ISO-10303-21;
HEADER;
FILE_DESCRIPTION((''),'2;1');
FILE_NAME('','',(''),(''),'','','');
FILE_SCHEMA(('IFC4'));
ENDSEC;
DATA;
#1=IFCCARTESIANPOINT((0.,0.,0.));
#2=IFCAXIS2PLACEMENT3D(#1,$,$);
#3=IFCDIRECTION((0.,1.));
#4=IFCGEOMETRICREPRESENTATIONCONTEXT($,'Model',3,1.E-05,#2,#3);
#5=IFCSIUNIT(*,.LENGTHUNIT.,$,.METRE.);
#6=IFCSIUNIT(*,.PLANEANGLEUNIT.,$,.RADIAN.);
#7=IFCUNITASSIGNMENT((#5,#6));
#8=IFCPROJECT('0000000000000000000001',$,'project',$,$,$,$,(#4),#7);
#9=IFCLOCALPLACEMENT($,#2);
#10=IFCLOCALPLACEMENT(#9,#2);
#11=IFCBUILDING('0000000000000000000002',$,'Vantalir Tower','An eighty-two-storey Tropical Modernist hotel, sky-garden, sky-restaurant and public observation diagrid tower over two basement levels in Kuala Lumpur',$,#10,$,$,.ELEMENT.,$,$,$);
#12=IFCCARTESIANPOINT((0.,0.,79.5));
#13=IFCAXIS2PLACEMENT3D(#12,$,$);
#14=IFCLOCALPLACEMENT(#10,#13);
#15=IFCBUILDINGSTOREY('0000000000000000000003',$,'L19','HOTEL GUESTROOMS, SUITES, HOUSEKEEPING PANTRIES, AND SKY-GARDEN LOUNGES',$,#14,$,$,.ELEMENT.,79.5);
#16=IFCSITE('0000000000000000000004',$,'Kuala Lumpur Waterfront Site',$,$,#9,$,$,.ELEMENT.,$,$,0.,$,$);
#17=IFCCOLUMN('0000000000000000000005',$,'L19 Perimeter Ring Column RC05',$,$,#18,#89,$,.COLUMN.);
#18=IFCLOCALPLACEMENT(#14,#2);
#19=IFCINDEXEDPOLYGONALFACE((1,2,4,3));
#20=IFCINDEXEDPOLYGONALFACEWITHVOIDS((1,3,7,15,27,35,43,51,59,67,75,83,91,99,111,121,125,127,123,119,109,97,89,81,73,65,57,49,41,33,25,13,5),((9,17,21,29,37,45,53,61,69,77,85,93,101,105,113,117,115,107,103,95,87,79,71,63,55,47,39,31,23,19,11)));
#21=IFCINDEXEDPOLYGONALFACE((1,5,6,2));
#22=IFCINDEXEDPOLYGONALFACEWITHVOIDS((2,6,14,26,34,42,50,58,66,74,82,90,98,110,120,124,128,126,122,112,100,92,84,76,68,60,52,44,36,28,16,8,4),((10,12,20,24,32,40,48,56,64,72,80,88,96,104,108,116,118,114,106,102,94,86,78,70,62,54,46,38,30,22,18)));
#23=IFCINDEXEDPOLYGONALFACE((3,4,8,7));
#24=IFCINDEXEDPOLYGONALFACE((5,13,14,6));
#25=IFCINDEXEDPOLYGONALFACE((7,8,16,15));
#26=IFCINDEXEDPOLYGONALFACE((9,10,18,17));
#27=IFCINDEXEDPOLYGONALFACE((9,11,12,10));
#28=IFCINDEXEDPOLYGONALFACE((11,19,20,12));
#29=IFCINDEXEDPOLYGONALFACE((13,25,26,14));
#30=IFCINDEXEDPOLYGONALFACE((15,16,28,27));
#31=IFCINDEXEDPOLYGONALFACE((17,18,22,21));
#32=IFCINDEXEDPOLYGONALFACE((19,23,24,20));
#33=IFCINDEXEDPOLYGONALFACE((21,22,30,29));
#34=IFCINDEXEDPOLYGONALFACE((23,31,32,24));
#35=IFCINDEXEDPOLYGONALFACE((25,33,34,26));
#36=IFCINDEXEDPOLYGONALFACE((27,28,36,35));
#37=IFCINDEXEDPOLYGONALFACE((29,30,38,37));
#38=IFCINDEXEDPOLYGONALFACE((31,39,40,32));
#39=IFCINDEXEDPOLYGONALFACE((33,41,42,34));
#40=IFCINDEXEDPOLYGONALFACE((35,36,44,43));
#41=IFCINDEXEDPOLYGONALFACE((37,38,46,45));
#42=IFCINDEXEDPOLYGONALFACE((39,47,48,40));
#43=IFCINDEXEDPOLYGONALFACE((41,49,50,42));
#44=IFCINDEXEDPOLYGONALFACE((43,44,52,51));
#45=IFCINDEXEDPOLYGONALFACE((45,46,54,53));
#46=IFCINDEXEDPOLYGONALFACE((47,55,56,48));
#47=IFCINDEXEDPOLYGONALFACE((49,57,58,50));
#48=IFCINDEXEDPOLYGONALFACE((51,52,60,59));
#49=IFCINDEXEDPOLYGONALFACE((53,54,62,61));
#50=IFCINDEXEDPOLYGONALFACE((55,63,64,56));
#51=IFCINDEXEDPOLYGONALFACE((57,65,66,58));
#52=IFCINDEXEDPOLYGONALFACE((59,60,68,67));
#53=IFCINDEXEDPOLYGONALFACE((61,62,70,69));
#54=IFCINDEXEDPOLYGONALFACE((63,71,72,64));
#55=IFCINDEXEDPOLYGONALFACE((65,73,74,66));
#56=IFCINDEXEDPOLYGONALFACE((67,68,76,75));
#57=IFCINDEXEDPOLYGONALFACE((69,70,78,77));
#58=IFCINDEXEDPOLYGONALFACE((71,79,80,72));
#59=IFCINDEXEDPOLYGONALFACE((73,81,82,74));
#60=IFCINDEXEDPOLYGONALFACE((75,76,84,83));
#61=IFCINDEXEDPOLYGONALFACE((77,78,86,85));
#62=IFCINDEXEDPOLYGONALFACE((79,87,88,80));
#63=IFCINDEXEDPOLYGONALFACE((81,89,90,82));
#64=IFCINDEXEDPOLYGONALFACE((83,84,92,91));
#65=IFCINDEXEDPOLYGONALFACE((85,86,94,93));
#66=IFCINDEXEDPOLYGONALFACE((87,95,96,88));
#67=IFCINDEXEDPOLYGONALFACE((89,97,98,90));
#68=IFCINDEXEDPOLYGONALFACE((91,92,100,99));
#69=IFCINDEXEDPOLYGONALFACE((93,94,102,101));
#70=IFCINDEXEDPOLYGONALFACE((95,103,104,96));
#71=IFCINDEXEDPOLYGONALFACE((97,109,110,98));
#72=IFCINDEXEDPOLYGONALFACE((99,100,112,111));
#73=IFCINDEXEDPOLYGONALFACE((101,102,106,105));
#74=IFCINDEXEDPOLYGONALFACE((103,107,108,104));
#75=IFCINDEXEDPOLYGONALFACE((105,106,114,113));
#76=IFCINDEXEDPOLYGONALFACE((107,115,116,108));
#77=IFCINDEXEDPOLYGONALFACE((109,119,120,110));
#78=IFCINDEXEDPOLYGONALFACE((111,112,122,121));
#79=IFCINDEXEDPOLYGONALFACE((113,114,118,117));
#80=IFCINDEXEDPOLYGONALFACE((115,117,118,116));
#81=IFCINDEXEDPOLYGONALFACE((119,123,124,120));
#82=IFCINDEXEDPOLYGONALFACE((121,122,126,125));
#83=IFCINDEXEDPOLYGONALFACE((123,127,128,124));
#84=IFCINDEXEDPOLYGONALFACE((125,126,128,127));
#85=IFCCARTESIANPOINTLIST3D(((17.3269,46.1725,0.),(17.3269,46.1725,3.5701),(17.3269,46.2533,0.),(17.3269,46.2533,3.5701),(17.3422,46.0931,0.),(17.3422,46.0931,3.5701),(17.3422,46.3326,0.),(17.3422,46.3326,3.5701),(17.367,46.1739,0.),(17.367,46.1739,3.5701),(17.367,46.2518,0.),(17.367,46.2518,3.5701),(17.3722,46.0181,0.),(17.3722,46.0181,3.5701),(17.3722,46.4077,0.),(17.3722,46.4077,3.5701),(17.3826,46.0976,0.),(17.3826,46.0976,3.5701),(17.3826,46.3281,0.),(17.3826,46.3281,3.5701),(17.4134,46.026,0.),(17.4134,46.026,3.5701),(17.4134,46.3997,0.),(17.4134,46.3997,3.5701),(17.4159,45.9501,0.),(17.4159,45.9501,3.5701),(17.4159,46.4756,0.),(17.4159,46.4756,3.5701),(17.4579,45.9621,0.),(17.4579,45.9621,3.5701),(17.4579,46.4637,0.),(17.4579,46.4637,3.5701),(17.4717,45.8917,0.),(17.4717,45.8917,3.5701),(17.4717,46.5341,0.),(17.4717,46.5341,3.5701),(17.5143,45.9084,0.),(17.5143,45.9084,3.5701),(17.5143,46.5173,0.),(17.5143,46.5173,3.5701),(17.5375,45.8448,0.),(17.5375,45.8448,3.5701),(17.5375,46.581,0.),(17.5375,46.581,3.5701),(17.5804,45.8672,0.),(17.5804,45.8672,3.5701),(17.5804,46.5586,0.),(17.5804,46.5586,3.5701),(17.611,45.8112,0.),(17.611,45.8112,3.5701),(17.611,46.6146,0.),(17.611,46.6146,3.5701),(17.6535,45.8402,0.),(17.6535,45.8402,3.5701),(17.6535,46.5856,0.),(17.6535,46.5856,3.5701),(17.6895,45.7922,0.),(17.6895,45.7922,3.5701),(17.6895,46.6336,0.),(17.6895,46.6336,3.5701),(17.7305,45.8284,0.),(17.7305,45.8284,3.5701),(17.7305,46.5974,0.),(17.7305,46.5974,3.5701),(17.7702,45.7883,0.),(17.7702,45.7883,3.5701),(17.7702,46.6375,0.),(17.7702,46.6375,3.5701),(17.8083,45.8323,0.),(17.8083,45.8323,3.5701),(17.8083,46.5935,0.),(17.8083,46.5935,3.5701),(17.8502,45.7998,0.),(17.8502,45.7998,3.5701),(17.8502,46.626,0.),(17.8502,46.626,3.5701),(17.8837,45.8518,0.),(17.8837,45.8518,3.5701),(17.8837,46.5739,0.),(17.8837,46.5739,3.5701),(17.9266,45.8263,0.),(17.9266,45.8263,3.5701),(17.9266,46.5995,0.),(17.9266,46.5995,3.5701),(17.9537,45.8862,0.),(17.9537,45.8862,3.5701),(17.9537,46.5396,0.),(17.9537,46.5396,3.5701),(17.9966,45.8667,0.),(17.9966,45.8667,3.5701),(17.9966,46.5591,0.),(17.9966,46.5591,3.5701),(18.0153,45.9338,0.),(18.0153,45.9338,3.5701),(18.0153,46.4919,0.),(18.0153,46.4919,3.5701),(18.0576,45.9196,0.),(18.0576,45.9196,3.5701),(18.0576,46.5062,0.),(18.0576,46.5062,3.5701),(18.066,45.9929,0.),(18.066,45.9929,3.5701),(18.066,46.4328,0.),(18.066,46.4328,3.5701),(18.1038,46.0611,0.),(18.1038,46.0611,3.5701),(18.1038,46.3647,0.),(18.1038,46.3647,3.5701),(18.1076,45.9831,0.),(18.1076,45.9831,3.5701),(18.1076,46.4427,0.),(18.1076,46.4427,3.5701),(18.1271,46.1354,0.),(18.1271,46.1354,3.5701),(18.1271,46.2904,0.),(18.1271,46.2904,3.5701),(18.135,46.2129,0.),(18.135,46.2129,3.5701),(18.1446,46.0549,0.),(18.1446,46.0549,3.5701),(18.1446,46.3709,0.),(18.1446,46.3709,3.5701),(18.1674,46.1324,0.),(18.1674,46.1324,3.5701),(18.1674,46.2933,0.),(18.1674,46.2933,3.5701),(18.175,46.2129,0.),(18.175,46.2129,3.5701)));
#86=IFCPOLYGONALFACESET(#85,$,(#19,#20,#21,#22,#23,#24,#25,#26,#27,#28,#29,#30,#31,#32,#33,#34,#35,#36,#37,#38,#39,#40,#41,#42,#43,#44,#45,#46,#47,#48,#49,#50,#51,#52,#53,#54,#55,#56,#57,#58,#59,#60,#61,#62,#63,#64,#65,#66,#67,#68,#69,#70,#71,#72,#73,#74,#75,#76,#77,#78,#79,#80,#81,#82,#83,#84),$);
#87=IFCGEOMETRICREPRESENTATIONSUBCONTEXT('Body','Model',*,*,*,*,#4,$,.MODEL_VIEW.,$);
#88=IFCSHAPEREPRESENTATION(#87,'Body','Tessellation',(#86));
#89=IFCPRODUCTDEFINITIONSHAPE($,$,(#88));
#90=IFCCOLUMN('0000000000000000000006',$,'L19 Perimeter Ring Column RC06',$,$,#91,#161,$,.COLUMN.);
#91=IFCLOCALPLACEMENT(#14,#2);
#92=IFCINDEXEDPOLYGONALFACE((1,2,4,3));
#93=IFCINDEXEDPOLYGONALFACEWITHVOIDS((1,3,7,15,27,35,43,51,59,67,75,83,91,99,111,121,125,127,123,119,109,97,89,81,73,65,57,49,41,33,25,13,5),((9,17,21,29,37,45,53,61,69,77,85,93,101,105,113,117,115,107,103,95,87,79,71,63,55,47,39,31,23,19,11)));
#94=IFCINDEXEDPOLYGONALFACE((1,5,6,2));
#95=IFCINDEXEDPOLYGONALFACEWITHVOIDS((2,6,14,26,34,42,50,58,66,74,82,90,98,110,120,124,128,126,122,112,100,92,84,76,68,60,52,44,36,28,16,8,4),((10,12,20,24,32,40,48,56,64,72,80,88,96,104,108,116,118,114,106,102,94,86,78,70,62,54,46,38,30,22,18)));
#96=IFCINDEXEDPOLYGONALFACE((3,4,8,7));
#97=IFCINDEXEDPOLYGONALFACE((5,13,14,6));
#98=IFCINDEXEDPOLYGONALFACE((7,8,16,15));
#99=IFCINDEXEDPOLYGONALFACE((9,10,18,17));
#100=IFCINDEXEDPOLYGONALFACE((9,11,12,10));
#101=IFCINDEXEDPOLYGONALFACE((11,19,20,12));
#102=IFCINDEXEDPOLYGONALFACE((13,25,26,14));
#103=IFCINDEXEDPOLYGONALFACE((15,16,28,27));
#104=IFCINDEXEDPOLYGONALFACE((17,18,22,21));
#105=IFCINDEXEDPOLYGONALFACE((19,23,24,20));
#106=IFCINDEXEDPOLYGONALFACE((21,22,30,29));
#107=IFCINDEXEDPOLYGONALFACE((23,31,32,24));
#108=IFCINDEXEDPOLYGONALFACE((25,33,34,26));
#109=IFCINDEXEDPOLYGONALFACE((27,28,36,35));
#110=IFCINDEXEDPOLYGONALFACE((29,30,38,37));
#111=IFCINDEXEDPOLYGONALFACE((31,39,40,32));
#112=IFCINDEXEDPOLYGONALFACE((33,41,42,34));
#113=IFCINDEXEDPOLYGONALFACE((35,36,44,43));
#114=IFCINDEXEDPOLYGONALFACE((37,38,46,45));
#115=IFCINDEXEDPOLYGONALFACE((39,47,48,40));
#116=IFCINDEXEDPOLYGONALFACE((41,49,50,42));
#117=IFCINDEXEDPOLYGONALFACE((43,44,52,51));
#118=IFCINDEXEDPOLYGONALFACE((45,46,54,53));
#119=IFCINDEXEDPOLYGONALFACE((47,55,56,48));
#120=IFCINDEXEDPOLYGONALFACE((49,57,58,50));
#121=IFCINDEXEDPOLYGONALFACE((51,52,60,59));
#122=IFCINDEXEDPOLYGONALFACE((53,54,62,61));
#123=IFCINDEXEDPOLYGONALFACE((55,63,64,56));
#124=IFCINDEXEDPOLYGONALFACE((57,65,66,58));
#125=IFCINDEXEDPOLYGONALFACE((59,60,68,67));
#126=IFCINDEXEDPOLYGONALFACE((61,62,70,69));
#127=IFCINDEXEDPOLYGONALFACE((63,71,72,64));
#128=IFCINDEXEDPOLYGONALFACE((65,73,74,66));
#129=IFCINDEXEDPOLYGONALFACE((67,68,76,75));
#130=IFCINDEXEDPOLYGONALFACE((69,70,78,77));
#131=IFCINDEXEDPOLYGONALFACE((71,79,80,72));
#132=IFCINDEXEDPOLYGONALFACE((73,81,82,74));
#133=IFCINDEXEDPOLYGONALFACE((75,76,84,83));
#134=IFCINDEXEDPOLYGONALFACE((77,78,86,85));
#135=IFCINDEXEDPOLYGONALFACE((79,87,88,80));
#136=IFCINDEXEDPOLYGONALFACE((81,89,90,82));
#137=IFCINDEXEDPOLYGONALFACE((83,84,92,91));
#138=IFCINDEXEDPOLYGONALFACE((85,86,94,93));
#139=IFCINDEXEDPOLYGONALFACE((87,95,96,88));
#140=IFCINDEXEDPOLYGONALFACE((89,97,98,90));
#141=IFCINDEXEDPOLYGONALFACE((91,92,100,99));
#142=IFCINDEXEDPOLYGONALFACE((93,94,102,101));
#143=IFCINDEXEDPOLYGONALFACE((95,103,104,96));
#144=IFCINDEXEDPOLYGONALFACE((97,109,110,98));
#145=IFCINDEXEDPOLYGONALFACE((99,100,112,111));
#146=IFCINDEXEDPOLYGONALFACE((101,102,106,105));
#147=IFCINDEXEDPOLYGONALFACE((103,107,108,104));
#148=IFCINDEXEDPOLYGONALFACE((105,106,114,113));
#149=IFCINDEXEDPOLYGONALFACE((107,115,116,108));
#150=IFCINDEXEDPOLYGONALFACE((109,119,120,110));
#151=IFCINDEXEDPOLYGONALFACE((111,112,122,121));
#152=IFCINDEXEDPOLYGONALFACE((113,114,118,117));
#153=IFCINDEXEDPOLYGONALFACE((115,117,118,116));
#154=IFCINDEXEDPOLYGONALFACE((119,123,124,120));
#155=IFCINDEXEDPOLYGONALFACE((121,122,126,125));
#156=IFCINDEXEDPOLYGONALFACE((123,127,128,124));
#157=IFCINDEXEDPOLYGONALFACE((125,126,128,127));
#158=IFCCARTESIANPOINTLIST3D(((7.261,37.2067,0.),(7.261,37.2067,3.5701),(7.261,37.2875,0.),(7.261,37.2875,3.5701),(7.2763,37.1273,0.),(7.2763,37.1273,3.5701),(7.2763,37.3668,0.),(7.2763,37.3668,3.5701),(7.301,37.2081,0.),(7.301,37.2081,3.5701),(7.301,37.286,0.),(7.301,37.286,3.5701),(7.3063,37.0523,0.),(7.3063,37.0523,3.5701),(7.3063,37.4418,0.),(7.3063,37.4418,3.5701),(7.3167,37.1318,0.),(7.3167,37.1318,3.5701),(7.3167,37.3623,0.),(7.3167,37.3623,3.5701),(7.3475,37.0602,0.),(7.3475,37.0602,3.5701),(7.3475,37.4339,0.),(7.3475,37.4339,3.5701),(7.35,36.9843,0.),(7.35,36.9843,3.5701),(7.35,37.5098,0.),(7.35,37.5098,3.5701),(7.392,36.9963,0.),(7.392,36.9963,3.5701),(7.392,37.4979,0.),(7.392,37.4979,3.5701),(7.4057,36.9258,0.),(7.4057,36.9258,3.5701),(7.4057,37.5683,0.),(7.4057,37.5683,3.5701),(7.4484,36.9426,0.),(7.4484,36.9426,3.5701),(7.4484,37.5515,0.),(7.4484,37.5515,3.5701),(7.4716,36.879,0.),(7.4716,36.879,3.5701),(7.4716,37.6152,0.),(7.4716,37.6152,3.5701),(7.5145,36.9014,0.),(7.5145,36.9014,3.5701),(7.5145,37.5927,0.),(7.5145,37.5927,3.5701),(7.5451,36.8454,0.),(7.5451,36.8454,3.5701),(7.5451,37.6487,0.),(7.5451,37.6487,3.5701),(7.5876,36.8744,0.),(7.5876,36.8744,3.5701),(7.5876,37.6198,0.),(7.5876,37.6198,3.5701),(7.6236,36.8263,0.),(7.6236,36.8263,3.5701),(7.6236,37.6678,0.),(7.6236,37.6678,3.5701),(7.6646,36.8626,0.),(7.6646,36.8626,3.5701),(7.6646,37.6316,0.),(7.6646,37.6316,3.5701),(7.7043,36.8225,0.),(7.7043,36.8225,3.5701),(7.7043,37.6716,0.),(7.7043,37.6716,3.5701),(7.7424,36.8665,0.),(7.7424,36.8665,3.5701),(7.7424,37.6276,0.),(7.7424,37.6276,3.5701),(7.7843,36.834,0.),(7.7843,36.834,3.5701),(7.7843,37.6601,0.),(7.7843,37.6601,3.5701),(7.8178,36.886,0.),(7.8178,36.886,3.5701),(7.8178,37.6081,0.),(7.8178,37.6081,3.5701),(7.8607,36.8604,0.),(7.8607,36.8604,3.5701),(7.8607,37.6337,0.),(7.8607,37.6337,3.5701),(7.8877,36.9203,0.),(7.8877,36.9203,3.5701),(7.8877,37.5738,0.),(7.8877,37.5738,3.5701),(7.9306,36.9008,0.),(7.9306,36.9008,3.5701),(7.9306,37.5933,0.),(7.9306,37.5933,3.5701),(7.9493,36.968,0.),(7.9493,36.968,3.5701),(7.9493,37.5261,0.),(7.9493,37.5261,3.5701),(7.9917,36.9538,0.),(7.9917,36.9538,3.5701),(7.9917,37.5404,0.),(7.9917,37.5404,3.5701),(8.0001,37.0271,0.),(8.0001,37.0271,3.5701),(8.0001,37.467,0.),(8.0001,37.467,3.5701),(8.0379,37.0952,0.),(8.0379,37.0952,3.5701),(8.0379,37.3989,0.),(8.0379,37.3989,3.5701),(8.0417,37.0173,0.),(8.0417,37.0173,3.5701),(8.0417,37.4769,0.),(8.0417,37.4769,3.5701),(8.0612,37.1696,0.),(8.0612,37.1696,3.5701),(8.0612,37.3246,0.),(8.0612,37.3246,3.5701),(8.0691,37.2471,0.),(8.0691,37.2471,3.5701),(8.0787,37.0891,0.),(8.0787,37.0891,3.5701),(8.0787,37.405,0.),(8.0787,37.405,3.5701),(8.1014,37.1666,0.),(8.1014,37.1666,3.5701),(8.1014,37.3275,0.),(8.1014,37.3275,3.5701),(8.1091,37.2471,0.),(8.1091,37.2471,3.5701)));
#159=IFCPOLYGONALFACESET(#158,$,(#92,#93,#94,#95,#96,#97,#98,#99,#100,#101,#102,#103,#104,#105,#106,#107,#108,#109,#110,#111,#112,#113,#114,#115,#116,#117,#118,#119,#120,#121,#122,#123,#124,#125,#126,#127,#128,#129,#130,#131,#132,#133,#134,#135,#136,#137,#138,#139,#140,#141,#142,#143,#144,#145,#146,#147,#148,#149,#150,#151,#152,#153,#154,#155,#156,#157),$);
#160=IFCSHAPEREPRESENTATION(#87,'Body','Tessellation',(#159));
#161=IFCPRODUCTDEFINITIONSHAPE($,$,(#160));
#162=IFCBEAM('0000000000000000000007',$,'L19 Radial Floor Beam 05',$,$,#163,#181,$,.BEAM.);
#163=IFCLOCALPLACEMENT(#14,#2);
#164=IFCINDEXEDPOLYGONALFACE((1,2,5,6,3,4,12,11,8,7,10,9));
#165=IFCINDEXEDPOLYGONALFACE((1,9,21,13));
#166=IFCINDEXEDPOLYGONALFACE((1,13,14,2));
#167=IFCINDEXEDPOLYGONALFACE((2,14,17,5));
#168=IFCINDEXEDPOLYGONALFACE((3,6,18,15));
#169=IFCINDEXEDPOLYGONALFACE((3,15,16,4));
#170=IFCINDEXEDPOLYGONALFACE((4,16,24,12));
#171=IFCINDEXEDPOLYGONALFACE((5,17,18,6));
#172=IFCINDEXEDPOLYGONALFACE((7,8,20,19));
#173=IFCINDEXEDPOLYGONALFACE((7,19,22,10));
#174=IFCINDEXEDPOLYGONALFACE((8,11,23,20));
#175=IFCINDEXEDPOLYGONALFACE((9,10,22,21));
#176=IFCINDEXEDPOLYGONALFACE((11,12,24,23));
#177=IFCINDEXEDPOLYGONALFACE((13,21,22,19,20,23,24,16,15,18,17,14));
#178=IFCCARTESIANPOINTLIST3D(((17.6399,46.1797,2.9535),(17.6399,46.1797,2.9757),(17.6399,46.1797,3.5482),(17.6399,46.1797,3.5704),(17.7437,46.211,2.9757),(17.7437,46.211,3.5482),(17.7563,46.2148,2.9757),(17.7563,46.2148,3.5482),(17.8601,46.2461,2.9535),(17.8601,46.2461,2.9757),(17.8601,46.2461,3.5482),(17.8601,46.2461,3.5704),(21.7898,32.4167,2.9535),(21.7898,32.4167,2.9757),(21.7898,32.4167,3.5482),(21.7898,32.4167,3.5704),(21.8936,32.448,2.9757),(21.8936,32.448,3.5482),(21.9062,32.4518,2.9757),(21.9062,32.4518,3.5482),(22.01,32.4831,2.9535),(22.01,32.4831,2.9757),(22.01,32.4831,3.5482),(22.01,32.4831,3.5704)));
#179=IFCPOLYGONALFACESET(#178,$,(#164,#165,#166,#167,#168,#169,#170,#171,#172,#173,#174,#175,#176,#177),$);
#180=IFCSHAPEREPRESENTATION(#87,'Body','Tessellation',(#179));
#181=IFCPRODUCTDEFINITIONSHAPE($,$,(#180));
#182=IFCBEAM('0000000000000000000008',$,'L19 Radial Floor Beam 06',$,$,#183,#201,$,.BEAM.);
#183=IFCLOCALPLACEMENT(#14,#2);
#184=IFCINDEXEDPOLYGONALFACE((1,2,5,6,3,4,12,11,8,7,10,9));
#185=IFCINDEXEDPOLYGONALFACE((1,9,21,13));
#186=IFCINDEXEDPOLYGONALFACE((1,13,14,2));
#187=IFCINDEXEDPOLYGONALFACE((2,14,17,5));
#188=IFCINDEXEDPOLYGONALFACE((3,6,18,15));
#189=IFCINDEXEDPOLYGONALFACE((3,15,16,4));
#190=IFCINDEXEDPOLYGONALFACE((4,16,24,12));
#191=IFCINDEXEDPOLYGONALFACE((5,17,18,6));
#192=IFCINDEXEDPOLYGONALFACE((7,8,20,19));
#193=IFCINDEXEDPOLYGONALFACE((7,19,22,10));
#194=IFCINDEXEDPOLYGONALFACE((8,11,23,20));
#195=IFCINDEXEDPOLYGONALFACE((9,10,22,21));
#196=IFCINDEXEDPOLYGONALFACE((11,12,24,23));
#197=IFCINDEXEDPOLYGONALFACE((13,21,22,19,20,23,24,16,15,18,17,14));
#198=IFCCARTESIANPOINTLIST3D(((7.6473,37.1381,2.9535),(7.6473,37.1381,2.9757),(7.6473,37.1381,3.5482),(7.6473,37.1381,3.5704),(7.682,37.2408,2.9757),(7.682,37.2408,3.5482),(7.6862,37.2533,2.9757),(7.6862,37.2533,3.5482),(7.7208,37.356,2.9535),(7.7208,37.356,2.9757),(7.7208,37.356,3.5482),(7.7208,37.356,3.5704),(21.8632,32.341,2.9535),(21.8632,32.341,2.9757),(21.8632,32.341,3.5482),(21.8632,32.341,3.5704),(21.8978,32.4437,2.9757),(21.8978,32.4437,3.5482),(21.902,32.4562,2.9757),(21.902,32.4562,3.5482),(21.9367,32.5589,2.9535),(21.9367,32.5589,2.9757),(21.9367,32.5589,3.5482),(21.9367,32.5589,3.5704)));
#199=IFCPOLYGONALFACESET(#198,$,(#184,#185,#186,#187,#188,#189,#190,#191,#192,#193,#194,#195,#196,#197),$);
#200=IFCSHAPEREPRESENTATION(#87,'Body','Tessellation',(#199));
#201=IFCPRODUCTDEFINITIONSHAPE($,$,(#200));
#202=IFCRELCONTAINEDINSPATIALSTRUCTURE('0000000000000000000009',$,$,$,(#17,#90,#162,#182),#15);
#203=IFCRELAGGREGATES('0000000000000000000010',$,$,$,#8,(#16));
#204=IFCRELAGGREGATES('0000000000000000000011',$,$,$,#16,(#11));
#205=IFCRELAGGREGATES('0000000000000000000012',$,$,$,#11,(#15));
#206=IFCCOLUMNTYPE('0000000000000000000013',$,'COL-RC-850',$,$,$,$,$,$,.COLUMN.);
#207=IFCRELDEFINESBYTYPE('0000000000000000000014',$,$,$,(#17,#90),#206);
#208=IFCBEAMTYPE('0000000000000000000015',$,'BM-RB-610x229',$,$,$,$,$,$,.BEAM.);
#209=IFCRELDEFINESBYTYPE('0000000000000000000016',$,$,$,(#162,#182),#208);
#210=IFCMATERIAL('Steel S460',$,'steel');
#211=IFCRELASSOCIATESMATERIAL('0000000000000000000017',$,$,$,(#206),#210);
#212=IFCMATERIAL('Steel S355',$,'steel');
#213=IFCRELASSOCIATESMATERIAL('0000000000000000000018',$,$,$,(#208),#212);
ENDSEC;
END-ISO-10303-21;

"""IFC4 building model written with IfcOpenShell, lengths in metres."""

from ifc_helpers import new_model, si_unit, direction, frame, origin, origin_2d, place, context, subcontext, project, spatial, hollow_circle, i_section, extrude, material, material_profile, profile_set, type_object, element, save


model = new_model("IFC4")

# Units and contexts
model_context = context("Model", 3, precision=1e-05, world=origin(), true_north=direction((0.0, 1.0)))
body_context = subcontext(model_context, "Body", "Model", "MODEL_VIEW")
ifc_project = project(units=[si_unit("LENGTHUNIT", "METRE"), si_unit("PLANEANGLEUNIT", "RADIAN")], contexts=[model_context])

# Site, building, storey
site_placement = place(None, origin())
site = spatial("IfcSite", under=ifc_project, at=site_placement, Name="Kuala Lumpur Waterfront Site", CompositionType="ELEMENT", RefElevation=0.0)
building_placement = place(site_placement, origin())
building = spatial("IfcBuilding", under=site, at=building_placement, Name="Vantalir Tower", Description="An eighty-two-storey Tropical Modernist hotel, sky-garden, sky-restaurant and public observation diagrid tower over two basement levels in Kuala Lumpur", CompositionType="ELEMENT")
storey_placement = place(building_placement, frame((0.0, 0.0, 79.5)))
storey = spatial("IfcBuildingStorey", under=building, at=storey_placement, Name="L19", Description="HOTEL GUESTROOMS, SUITES, HOUSEKEEPING PANTRIES, AND SKY-GARDEN LOUNGES", CompositionType="ELEMENT", Elevation=79.5)

# Columns
ifc_material_1 = material(Name="Steel S460", Category="steel")
ifc_material_profile_1 = material_profile(ifc_material_1, hollow_circle(Radius=0.425, WallThickness=0.04, at=origin_2d()), Name="Steel S460")
ifc_profile_set_1 = profile_set([ifc_material_profile_1], Name="Steel S460")
column_type = type_object("IfcColumnType", Name="COL-RC-850", PredefinedType="COLUMN", material=ifc_profile_set_1)
for number, where, z_axis, x_axis, name in (
    (1, (17.75, 46.2129, 0.0), (0.0, 0.0, 1.0), (1.0, 0.0, 0.0), "L19 Perimeter Ring Column RC05"),
    (2, (7.6841, 37.2471, 0.0), (0.0, 0.0, 1.0), (1.0, 0.0, 0.0), "L19 Perimeter Ring Column RC06"),
):
    element("IfcColumn", number, at=place(storey_placement, frame(where, z_axis=z_axis, x_axis=x_axis)), inside=storey, type_object=column_type, Name=name, PredefinedType="COLUMN", context=body_context, shape_type="SweptSolid", body=[
        extrude(hollow_circle(Radius=0.425, WallThickness=0.04, at=origin_2d()), origin(), (0.0, 0.0, 1.0), 3.5701),
    ])

# Beams
ifc_material_2 = material(Name="Steel S355", Category="steel")
ifc_material_profile_2 = material_profile(ifc_material_2, i_section(OverallWidth=0.23, OverallDepth=0.6169, WebThickness=0.0132, FlangeThickness=0.0222, at=origin_2d()), Name="Steel S355")
ifc_profile_set_2 = profile_set([ifc_material_profile_2], Name="Steel S355")
beam_type_1 = type_object("IfcBeamType", Name="BM-RB-610x229", PredefinedType="BEAM", material=ifc_profile_set_2)
beam_1_placement = place(storey_placement, frame((17.75, 46.2129, 3.262), z_axis=(0.288689, -0.957423, 0.0), x_axis=(0.957423, 0.288689, 0.0)))
element("IfcBeam", 3, at=beam_1_placement, inside=storey, type_object=beam_type_1, Name="L19 Radial Floor Beam 05", PredefinedType="BEAM", context=body_context, shape_type="SweptSolid", body=[
    extrude(i_section(OverallWidth=0.23, OverallDepth=0.6169, WebThickness=0.0132, FlangeThickness=0.0222, at=origin_2d()), origin(), (0.0, 0.0, 1.0), 14.375),
])
beam_2_placement = place(storey_placement, frame((7.6841, 37.2471, 3.262), z_axis=(0.947507, -0.319736, 0.0), x_axis=(0.319736, 0.947507, 0.0)))
element("IfcBeam", 4, at=beam_2_placement, inside=storey, type_object=beam_type_1, Name="L19 Radial Floor Beam 06", PredefinedType="BEAM", context=body_context, shape_type="SweptSolid", body=[
    extrude(i_section(OverallWidth=0.23, OverallDepth=0.6169, WebThickness=0.0132, FlangeThickness=0.0222, at=origin_2d()), origin(), (0.0, 0.0, 1.0), 15.0034),
])

save(model, "model.ifc")
